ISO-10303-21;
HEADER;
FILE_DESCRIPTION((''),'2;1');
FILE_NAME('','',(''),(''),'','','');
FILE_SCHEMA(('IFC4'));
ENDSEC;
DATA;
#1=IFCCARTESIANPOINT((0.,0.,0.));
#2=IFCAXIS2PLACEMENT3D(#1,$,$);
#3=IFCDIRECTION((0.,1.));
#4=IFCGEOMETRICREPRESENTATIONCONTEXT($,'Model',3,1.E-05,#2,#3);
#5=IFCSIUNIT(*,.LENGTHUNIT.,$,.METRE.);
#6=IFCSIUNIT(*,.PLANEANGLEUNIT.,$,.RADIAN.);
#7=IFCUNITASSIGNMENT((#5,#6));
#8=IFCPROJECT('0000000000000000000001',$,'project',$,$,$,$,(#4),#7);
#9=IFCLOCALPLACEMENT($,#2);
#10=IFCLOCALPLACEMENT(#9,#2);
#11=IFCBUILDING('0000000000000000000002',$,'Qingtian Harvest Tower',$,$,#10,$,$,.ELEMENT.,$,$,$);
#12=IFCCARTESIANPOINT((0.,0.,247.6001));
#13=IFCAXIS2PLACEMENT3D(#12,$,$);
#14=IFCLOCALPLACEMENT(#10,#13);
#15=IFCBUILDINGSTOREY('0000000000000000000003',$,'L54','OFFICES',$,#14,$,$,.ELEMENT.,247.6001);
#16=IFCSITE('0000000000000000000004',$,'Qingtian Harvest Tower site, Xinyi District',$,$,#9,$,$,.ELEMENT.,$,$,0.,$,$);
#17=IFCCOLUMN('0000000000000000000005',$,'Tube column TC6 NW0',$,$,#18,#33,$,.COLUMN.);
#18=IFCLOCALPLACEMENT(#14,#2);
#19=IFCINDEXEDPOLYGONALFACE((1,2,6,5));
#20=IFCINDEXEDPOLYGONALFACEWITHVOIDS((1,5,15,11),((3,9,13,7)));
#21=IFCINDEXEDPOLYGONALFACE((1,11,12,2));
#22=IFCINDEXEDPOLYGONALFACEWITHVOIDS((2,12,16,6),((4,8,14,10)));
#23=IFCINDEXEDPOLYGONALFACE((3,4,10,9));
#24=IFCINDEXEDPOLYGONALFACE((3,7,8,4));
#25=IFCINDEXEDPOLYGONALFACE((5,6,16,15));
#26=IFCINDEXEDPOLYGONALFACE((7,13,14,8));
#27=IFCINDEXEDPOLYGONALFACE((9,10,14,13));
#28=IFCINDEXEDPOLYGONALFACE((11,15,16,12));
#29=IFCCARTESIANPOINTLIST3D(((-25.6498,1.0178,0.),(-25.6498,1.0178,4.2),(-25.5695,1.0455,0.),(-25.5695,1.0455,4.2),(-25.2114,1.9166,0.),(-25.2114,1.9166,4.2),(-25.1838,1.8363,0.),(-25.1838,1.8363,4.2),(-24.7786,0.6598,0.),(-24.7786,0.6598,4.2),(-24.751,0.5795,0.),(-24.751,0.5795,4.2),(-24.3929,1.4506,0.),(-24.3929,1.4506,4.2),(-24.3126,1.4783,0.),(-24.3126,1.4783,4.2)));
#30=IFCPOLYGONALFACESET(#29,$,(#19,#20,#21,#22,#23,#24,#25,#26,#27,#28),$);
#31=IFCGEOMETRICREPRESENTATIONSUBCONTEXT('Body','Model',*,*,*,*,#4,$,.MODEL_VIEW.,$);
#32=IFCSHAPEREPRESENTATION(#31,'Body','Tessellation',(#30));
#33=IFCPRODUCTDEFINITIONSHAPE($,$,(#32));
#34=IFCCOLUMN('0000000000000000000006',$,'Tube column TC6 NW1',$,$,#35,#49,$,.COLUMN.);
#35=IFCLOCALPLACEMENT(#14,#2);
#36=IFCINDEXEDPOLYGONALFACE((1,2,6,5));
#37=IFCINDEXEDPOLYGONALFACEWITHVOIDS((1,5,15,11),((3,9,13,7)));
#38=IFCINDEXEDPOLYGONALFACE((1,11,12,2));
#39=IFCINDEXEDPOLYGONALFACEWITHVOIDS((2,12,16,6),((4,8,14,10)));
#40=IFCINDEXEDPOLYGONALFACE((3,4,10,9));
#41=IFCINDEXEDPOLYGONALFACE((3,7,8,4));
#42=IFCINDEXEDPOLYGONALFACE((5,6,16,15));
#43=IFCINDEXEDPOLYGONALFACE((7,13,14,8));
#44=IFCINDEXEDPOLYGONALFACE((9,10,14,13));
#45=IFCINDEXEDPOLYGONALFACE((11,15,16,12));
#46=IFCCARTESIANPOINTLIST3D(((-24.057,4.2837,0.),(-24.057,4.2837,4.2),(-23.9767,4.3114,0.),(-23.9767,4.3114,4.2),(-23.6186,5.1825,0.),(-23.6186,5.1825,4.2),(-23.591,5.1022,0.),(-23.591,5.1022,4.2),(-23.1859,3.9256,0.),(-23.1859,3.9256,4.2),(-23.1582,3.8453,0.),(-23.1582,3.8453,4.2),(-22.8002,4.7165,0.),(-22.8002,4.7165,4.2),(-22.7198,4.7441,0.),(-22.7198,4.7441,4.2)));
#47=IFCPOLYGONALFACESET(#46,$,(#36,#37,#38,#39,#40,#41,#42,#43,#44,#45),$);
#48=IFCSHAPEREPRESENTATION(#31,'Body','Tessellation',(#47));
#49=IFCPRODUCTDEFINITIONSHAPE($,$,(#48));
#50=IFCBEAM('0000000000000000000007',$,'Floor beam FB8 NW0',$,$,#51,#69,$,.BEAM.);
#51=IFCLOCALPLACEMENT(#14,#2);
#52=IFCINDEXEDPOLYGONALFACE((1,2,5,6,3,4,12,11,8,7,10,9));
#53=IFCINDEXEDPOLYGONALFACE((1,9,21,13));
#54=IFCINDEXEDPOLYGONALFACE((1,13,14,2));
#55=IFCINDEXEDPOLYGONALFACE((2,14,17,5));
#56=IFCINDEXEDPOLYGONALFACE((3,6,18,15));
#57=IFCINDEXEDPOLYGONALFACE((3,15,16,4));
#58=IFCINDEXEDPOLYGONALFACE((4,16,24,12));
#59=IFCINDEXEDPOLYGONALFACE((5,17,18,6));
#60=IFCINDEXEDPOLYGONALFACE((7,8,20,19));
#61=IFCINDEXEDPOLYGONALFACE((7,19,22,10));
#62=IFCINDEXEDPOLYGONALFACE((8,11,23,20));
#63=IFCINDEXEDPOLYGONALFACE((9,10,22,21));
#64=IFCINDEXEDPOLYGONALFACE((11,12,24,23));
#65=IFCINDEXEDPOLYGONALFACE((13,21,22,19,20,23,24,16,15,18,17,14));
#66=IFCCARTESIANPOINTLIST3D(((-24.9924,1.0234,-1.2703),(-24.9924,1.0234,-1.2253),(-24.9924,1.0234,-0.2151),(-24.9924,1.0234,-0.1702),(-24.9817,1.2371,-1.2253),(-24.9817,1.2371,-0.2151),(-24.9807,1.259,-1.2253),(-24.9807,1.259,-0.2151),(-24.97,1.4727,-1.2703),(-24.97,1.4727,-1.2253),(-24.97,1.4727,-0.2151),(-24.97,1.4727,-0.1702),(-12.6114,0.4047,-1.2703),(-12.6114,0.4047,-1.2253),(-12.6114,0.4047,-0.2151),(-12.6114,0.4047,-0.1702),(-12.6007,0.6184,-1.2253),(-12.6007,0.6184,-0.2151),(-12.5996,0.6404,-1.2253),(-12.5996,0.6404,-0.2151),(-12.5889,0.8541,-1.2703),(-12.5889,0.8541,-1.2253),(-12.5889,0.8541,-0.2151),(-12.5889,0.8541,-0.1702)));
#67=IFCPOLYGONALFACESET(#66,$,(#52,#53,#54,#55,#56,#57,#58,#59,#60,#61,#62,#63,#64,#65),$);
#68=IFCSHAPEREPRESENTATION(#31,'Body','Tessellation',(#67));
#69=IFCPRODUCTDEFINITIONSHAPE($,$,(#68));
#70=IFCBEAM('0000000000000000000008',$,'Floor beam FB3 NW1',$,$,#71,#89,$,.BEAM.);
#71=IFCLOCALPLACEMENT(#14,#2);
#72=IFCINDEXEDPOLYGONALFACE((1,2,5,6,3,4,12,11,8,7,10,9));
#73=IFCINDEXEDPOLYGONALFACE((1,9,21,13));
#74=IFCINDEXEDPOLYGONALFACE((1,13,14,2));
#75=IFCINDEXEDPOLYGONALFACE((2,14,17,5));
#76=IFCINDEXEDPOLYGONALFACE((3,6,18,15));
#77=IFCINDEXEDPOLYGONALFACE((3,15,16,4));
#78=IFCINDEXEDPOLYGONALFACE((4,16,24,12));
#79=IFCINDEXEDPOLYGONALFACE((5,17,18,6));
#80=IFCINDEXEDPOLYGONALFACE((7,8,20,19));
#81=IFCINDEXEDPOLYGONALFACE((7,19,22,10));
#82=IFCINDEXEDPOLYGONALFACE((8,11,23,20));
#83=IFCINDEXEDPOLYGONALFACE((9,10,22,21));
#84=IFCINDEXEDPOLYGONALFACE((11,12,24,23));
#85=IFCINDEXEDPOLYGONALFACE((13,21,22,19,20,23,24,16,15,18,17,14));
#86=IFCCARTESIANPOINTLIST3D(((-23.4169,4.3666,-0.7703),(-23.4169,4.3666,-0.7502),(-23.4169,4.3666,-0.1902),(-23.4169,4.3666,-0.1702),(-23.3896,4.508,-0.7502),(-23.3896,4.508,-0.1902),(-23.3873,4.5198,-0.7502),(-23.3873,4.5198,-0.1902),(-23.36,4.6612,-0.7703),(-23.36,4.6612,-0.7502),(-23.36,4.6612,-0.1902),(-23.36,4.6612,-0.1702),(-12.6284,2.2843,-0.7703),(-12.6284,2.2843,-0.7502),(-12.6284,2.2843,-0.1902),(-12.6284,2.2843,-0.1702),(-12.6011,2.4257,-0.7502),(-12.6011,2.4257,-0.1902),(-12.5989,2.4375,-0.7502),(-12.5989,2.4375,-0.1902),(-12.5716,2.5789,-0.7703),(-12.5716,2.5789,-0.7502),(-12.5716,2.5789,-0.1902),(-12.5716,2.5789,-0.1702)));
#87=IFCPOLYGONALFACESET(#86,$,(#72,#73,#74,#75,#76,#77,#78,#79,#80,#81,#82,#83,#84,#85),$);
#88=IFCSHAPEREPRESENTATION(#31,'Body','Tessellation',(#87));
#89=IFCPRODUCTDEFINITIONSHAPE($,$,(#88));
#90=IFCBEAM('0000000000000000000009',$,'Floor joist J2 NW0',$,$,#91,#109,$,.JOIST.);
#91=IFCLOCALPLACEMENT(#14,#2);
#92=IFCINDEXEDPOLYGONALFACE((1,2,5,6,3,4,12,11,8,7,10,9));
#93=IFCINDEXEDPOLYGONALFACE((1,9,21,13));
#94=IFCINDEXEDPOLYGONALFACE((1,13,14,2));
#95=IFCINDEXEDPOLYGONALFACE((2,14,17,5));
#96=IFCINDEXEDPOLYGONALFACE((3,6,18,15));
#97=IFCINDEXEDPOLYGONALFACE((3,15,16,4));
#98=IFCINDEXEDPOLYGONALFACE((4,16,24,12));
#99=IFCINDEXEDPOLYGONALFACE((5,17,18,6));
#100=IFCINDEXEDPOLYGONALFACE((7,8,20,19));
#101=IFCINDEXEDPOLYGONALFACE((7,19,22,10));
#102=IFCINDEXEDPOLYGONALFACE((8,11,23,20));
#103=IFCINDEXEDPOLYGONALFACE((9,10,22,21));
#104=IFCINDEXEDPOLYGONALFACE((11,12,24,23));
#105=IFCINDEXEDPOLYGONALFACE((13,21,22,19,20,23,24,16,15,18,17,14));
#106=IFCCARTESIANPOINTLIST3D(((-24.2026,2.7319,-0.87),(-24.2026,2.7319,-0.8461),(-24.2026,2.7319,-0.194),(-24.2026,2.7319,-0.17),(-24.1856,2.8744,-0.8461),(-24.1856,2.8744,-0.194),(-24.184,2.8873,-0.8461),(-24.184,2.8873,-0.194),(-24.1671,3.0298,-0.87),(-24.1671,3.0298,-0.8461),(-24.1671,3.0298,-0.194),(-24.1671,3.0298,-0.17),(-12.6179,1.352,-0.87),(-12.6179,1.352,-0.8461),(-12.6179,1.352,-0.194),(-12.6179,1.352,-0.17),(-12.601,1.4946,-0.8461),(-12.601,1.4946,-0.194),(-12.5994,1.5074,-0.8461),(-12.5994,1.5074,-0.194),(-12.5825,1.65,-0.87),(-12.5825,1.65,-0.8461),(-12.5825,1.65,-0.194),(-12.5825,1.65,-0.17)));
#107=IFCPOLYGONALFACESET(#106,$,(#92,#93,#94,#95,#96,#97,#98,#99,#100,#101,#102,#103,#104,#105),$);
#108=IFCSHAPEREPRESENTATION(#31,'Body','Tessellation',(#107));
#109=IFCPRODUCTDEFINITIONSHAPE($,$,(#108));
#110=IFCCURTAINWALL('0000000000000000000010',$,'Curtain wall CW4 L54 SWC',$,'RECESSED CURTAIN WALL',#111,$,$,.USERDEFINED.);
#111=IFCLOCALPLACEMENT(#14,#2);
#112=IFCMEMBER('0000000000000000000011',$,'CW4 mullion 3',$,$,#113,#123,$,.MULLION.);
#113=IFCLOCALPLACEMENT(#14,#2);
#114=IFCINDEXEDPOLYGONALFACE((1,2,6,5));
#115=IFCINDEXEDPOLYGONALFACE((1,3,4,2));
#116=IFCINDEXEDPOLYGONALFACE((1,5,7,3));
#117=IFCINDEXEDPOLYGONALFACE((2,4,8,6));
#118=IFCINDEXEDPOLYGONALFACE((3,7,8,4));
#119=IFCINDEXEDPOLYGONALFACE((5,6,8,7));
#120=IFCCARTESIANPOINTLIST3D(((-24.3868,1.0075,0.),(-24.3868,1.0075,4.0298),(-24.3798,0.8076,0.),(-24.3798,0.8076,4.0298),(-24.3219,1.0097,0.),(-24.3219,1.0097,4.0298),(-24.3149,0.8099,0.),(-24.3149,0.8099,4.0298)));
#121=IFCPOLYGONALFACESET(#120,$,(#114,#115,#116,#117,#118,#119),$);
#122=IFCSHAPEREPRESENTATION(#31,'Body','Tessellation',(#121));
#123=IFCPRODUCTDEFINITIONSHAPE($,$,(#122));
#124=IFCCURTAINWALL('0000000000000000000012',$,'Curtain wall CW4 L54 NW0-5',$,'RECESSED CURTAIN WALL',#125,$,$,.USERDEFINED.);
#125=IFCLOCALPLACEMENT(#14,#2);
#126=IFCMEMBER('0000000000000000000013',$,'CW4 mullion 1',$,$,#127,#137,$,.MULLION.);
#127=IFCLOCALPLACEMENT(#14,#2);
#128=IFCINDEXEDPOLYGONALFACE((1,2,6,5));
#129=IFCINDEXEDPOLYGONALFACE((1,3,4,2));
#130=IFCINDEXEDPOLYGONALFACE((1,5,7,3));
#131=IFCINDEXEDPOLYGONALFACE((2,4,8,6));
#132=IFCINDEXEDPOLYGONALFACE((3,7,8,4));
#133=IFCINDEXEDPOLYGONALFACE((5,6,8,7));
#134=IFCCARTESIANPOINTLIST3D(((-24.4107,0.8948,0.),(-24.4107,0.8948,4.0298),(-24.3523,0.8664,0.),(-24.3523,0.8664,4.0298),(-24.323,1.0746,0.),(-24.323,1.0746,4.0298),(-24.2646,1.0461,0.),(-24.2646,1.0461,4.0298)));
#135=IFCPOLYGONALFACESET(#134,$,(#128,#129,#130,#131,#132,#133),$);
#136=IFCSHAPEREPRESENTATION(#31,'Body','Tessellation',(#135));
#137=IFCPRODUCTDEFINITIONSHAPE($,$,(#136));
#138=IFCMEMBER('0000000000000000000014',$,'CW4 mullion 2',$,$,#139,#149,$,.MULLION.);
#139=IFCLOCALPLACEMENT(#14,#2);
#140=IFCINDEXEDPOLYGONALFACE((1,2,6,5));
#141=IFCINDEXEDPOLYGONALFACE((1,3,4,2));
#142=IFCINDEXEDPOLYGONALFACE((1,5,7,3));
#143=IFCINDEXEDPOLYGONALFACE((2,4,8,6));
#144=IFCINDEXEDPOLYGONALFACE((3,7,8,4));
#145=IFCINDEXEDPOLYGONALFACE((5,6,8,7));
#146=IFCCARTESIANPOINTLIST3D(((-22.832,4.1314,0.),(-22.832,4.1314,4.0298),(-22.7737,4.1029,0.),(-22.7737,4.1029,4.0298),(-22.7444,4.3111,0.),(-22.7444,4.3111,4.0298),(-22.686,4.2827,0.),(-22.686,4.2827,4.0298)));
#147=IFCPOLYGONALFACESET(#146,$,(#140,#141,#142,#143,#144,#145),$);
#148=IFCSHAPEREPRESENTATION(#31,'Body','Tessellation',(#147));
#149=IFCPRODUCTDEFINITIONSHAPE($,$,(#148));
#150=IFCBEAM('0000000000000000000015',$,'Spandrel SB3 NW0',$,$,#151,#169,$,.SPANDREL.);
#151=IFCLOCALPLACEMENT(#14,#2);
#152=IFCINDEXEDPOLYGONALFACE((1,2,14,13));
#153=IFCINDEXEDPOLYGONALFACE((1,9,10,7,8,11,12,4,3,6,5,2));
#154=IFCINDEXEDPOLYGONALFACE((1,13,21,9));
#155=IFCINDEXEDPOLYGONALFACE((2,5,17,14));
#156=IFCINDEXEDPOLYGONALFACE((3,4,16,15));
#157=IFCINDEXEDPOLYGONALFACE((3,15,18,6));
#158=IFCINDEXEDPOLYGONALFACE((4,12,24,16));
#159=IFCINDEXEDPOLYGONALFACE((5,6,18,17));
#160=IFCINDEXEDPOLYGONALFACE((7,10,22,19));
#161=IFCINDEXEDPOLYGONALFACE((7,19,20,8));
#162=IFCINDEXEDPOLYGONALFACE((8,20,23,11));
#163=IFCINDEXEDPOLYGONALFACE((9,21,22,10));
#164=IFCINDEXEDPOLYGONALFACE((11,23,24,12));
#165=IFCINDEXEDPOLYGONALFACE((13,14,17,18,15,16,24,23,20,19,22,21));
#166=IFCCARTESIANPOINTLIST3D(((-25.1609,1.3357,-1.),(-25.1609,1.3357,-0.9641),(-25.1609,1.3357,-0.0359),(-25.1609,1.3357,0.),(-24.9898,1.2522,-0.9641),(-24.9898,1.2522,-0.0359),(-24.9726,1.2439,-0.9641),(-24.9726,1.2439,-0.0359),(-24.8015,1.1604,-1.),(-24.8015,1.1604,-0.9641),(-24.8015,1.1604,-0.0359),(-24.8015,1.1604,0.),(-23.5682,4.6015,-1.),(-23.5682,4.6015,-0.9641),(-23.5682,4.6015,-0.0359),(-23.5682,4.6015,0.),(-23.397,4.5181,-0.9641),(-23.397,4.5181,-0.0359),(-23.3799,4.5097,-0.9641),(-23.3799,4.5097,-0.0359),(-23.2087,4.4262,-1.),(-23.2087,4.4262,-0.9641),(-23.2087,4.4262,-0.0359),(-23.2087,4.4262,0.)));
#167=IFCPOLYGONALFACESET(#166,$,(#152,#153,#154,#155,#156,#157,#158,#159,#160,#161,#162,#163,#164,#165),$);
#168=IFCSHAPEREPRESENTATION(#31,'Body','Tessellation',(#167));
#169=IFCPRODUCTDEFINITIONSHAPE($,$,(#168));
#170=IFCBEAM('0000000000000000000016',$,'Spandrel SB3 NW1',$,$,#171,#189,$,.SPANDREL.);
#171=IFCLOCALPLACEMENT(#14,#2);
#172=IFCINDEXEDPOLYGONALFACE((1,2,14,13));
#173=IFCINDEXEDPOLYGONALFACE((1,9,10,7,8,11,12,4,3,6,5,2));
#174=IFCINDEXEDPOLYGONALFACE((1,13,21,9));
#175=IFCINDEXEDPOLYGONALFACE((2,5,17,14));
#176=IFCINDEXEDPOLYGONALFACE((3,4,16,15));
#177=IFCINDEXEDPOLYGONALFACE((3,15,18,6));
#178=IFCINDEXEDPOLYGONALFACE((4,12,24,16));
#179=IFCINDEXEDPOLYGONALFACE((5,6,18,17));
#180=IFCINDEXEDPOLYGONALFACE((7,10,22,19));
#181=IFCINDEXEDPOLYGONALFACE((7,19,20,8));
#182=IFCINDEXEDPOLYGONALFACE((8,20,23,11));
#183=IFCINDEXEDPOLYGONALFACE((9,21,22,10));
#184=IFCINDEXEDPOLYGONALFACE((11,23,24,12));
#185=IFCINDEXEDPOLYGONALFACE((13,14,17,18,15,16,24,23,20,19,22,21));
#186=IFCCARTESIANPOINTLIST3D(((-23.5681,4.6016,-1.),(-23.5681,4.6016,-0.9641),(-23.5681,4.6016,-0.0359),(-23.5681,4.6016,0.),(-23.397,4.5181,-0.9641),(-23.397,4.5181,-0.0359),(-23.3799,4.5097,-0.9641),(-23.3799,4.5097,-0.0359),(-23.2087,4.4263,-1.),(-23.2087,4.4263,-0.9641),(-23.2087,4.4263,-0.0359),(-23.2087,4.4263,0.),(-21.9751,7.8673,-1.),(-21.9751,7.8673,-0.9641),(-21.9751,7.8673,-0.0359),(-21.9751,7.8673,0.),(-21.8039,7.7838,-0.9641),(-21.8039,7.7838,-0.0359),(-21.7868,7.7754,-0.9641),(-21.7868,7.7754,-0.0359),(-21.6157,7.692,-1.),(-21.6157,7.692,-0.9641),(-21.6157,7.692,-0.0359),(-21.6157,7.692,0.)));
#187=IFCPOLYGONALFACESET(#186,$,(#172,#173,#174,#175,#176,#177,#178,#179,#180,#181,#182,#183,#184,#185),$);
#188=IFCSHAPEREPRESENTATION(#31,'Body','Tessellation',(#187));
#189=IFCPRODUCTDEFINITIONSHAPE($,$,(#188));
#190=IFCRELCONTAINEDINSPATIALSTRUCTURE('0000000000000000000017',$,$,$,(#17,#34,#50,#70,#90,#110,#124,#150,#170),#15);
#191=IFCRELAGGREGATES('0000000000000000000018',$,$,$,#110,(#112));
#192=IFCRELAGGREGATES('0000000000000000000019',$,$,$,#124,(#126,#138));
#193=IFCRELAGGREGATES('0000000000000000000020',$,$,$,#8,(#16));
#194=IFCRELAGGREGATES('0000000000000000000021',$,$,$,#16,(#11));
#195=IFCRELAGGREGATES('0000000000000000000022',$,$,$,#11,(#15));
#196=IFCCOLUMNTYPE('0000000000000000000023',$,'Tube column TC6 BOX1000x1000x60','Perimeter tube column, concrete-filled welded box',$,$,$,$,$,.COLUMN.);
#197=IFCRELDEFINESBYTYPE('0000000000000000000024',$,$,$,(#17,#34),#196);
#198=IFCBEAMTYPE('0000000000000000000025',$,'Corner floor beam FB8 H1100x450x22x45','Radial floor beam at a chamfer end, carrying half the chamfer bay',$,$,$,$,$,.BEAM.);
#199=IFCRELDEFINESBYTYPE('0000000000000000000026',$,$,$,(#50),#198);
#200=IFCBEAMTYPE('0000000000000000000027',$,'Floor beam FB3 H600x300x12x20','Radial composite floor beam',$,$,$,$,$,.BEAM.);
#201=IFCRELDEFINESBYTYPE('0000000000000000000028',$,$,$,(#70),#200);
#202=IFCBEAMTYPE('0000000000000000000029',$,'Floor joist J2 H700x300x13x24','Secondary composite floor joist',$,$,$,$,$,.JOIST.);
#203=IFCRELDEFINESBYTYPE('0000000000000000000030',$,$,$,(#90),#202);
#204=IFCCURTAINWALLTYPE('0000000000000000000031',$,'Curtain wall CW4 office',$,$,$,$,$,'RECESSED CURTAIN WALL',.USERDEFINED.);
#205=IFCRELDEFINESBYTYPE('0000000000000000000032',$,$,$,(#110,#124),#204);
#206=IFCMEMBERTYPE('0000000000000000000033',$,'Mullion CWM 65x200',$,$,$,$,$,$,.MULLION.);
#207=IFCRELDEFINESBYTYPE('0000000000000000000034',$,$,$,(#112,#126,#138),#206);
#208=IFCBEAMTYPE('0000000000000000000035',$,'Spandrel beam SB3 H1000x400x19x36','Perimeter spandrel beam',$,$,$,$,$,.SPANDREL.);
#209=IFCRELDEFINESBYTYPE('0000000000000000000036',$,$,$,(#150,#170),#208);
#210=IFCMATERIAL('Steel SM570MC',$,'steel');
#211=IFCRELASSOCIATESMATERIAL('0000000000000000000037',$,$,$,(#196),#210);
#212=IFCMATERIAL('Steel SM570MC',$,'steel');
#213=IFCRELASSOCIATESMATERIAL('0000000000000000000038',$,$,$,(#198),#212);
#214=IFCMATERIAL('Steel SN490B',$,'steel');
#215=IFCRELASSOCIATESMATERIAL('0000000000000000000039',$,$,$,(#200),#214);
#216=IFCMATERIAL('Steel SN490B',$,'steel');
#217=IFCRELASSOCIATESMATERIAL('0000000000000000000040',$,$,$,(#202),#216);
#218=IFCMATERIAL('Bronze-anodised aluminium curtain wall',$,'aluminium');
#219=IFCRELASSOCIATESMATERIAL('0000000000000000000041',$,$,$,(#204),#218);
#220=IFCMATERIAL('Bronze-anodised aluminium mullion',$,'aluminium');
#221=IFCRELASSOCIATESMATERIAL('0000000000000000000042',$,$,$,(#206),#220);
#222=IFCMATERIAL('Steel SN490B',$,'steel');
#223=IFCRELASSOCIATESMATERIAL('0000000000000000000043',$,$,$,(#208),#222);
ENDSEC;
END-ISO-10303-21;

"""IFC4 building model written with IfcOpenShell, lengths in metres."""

from ifc_helpers import new_model, si_unit, direction, frame, origin, origin_2d, place, context, subcontext, project, spatial, rectangle, hollow_rectangle, i_section, extrude, material, material_profile, profile_set, type_object, element, aggregate, save


model = new_model("IFC4")

# Units and contexts
model_context = context("Model", 3, precision=1e-05, world=origin(), true_north=direction((0.0, 1.0)))
body_context = subcontext(model_context, "Body", "Model", "MODEL_VIEW")
ifc_project = project(units=[si_unit("LENGTHUNIT", "METRE"), si_unit("PLANEANGLEUNIT", "RADIAN")], contexts=[model_context])

# Site, building, storey
site_placement = place(None, origin())
site = spatial("IfcSite", under=ifc_project, at=site_placement, Name="Qingtian Harvest Tower site, Xinyi District", CompositionType="ELEMENT", RefElevation=0.0)
building_placement = place(site_placement, origin())
building = spatial("IfcBuilding", under=site, at=building_placement, Name="Qingtian Harvest Tower", CompositionType="ELEMENT")
storey_placement = place(building_placement, frame((0.0, 0.0, 247.6001)))
storey = spatial("IfcBuildingStorey", under=building, at=storey_placement, Name="L54", Description="OFFICES", CompositionType="ELEMENT", Elevation=247.6001)

# Columns
ifc_material_1 = material(Name="Steel SM570MC", Category="steel")
ifc_material_profile_1 = material_profile(ifc_material_1, hollow_rectangle(XDim=1.0, YDim=1.0, WallThickness=0.0601, at=origin_2d()), Name="BOX1000x1000x60")
ifc_profile_set_1 = profile_set([ifc_material_profile_1], Name="Steel SM570MC")
column_type = type_object("IfcColumnType", Name="Tube column TC6 BOX1000x1000x60", Description="Perimeter tube column, concrete-filled welded box", PredefinedType="COLUMN", material=ifc_profile_set_1)
for number, where, z_axis, x_axis, name in (
    (1, (-24.9812, 1.248, 0.0), (0.0, 0.0, 1.0), (-0.438371, -0.898794, 0.0), "Tube column TC6 NW0"),
    (2, (-23.3884, 4.5139, 0.0), (0.0, 0.0, 1.0), (-0.438371, -0.898794, 0.0), "Tube column TC6 NW1"),
):
    element("IfcColumn", number, at=place(storey_placement, frame(where, z_axis=z_axis, x_axis=x_axis)), inside=storey, type_object=column_type, Name=name, PredefinedType="COLUMN", context=body_context, shape_type="SweptSolid", body=[
        extrude(hollow_rectangle(XDim=1.0, YDim=1.0, WallThickness=0.0601, at=origin_2d()), origin(), (0.0, 0.0, 1.0), 4.2),
    ])

# Beams
ifc_material_2 = material(Name="Steel SM570MC", Category="steel")
ifc_material_profile_2 = material_profile(ifc_material_2, i_section(OverallWidth=0.45, OverallDepth=1.1001, WebThickness=0.022, FlangeThickness=0.0449, at=origin_2d()), Name="H1100x450x22x45")
ifc_profile_set_2 = profile_set([ifc_material_profile_2], Name="Steel SM570MC")
beam_type_1 = type_object("IfcBeamType", Name="Corner floor beam FB8 H1100x450x22x45", Description="Radial floor beam at a chamfer end, carrying half the chamfer bay", PredefinedType="BEAM", material=ifc_profile_set_2)
beam_1_placement = place(storey_placement, frame((-24.9812, 1.248, -0.7202), z_axis=(0.998754, -0.049905, 0.0), x_axis=(0.049905, 0.998754, 0.0)))
element("IfcBeam", 3, at=beam_1_placement, inside=storey, type_object=beam_type_1, Name="Floor beam FB8 NW0", PredefinedType="BEAM", context=body_context, shape_type="SweptSolid", body=[
    extrude(i_section(OverallWidth=0.45, OverallDepth=1.1001, WebThickness=0.022, FlangeThickness=0.0449, at=origin_2d()), origin(), (0.0, 0.0, 1.0), 12.3965),
])
ifc_material_3 = material(Name="Steel SN490B", Category="steel")
ifc_material_profile_3 = material_profile(ifc_material_3, i_section(OverallWidth=0.3, OverallDepth=0.6001, WebThickness=0.012, FlangeThickness=0.02, at=origin_2d()), Name="H600x300x12x20")
ifc_profile_set_3 = profile_set([ifc_material_profile_3], Name="Steel SN490B")
beam_type_2 = type_object("IfcBeamType", Name="Floor beam FB3 H600x300x12x20", Description="Radial composite floor beam", PredefinedType="BEAM", material=ifc_profile_set_3)
beam_2_placement = place(storey_placement, frame((-23.3884, 4.5139, -0.4702), z_axis=(0.981878, -0.189514, 0.0), x_axis=(0.189514, 0.981878, 0.0)))
element("IfcBeam", 4, at=beam_2_placement, inside=storey, type_object=beam_type_2, Name="Floor beam FB3 NW1", PredefinedType="BEAM", context=body_context, shape_type="SweptSolid", body=[
    extrude(i_section(OverallWidth=0.3, OverallDepth=0.6001, WebThickness=0.012, FlangeThickness=0.02, at=origin_2d()), origin(), (0.0, 0.0, 1.0), 10.9875),
])
ifc_material_4 = material(Name="Steel SN490B", Category="steel")
ifc_material_profile_4 = material_profile(ifc_material_4, i_section(OverallWidth=0.3, OverallDepth=0.7, WebThickness=0.0129, FlangeThickness=0.0239, at=origin_2d()), Name="H700x300x13x24")
ifc_profile_set_4 = profile_set([ifc_material_profile_4], Name="Steel SN490B")
beam_type_3 = type_object("IfcBeamType", Name="Floor joist J2 H700x300x13x24", Description="Secondary composite floor joist", PredefinedType="JOIST", material=ifc_profile_set_4)
beam_3_placement = place(storey_placement, frame((-24.1848, 2.8809, -0.52), z_axis=(0.992981, -0.118276, 0.0), x_axis=(0.118276, 0.992981, 0.0)))
element("IfcBeam", 5, at=beam_3_placement, inside=storey, type_object=beam_type_3, Name="Floor joist J2 NW0", PredefinedType="JOIST", context=body_context, shape_type="SweptSolid", body=[
    extrude(i_section(OverallWidth=0.3, OverallDepth=0.7, WebThickness=0.0129, FlangeThickness=0.0239, at=origin_2d()), origin(), (0.0, 0.0, 1.0), 11.6665),
])

# Curtain wall, member
ifc_material_5 = material(Name="Bronze-anodised aluminium curtain wall", Category="aluminium")
curtain_wall_type = type_object("IfcCurtainWallType", Name="Curtain wall CW4 office", ElementType="RECESSED CURTAIN WALL", PredefinedType="USERDEFINED", material=ifc_material_5)
curtain_wall_1_placement = place(storey_placement, origin())
curtain_wall_1 = element("IfcCurtainWall", 6, at=curtain_wall_1_placement, inside=storey, type_object=curtain_wall_type, Name="Curtain wall CW4 L54 SWC", ObjectType="RECESSED CURTAIN WALL", PredefinedType="USERDEFINED")
ifc_material_6 = material(Name="Bronze-anodised aluminium mullion", Category="aluminium")
ifc_material_profile_5 = material_profile(ifc_material_6, rectangle(XDim=0.0649, YDim=0.2, at=origin_2d()), Name="AL 65x200")
ifc_profile_set_5 = profile_set([ifc_material_profile_5], Name="Bronze-anodised aluminium mullion")
member_type_1 = type_object("IfcMemberType", Name="Mullion CWM 65x200", PredefinedType="MULLION", material=ifc_profile_set_5)
member_1_placement = place(storey_placement, frame((-24.3508, 0.9087, 0.0), z_axis=(0.0, 0.0, 1.0), x_axis=(-0.999391, -0.034899, 0.0)))
member_1 = element("IfcMember", 7, at=member_1_placement, type_object=member_type_1, Name="CW4 mullion 3", PredefinedType="MULLION", context=body_context, shape_type="SweptSolid", body=[
    extrude(rectangle(XDim=0.0649, YDim=0.2, at=origin_2d()), origin(), (0.0, 0.0, 1.0), 4.0298),
])

# Curtain wall, members
curtain_wall_2_placement = place(storey_placement, origin())
curtain_wall_2 = element("IfcCurtainWall", 8, at=curtain_wall_2_placement, inside=storey, type_object=curtain_wall_type, Name="Curtain wall CW4 L54 NW0-5", ObjectType="RECESSED CURTAIN WALL", PredefinedType="USERDEFINED")
member_2_placement = place(storey_placement, frame((-24.3376, 0.9705, 0.0), z_axis=(0.0, 0.0, 1.0), x_axis=(-0.898794, 0.438371, 0.0)))
member_2 = element("IfcMember", 9, at=member_2_placement, type_object=member_type_1, Name="CW4 mullion 1", PredefinedType="MULLION", context=body_context, shape_type="SweptSolid", body=[
    extrude(rectangle(XDim=0.0649, YDim=0.2, at=origin_2d()), origin(), (0.0, 0.0, 1.0), 4.0298),
])
member_3_placement = place(storey_placement, frame((-22.759, 4.207, 0.0), z_axis=(0.0, 0.0, 1.0), x_axis=(-0.898794, 0.438371, 0.0)))
member_3 = element("IfcMember", 10, at=member_3_placement, type_object=member_type_1, Name="CW4 mullion 2", PredefinedType="MULLION", context=body_context, shape_type="SweptSolid", body=[
    extrude(rectangle(XDim=0.0649, YDim=0.2, at=origin_2d()), origin(), (0.0, 0.0, 1.0), 4.0298),
])

# Beams
ifc_material_7 = material(Name="Steel SN490B", Category="steel")
ifc_material_profile_6 = material_profile(ifc_material_7, i_section(OverallWidth=0.3999, OverallDepth=1.0, WebThickness=0.019, FlangeThickness=0.0359, at=origin_2d()), Name="H1000x400x19x36")
ifc_profile_set_6 = profile_set([ifc_material_profile_6], Name="Steel SN490B")
beam_type_4 = type_object("IfcBeamType", Name="Spandrel beam SB3 H1000x400x19x36", Description="Perimeter spandrel beam", PredefinedType="SPANDREL", material=ifc_profile_set_6)
for number, where, z_axis, x_axis, name in (
    (11, (-24.9812, 1.248, -0.5), (0.438349, 0.898805, 0.0), (-0.898805, 0.438349, 0.0), "Spandrel SB3 NW0"),
    (12, (-23.3884, 4.5139, -0.5), (0.43843, 0.898765, 0.0), (-0.898765, 0.43843, 0.0), "Spandrel SB3 NW1"),
):
    element("IfcBeam", number, at=place(storey_placement, frame(where, z_axis=z_axis, x_axis=x_axis)), inside=storey, type_object=beam_type_4, Name=name, PredefinedType="SPANDREL", context=body_context, shape_type="SweptSolid", body=[
        extrude(i_section(OverallWidth=0.3999, OverallDepth=1.0, WebThickness=0.019, FlangeThickness=0.0359, at=origin_2d()), origin(), (0.0, 0.0, 1.0), 3.6335),
    ])

aggregate(curtain_wall_1, [member_1])
aggregate(curtain_wall_2, [member_2, member_3])

save(model, "model.ifc")
